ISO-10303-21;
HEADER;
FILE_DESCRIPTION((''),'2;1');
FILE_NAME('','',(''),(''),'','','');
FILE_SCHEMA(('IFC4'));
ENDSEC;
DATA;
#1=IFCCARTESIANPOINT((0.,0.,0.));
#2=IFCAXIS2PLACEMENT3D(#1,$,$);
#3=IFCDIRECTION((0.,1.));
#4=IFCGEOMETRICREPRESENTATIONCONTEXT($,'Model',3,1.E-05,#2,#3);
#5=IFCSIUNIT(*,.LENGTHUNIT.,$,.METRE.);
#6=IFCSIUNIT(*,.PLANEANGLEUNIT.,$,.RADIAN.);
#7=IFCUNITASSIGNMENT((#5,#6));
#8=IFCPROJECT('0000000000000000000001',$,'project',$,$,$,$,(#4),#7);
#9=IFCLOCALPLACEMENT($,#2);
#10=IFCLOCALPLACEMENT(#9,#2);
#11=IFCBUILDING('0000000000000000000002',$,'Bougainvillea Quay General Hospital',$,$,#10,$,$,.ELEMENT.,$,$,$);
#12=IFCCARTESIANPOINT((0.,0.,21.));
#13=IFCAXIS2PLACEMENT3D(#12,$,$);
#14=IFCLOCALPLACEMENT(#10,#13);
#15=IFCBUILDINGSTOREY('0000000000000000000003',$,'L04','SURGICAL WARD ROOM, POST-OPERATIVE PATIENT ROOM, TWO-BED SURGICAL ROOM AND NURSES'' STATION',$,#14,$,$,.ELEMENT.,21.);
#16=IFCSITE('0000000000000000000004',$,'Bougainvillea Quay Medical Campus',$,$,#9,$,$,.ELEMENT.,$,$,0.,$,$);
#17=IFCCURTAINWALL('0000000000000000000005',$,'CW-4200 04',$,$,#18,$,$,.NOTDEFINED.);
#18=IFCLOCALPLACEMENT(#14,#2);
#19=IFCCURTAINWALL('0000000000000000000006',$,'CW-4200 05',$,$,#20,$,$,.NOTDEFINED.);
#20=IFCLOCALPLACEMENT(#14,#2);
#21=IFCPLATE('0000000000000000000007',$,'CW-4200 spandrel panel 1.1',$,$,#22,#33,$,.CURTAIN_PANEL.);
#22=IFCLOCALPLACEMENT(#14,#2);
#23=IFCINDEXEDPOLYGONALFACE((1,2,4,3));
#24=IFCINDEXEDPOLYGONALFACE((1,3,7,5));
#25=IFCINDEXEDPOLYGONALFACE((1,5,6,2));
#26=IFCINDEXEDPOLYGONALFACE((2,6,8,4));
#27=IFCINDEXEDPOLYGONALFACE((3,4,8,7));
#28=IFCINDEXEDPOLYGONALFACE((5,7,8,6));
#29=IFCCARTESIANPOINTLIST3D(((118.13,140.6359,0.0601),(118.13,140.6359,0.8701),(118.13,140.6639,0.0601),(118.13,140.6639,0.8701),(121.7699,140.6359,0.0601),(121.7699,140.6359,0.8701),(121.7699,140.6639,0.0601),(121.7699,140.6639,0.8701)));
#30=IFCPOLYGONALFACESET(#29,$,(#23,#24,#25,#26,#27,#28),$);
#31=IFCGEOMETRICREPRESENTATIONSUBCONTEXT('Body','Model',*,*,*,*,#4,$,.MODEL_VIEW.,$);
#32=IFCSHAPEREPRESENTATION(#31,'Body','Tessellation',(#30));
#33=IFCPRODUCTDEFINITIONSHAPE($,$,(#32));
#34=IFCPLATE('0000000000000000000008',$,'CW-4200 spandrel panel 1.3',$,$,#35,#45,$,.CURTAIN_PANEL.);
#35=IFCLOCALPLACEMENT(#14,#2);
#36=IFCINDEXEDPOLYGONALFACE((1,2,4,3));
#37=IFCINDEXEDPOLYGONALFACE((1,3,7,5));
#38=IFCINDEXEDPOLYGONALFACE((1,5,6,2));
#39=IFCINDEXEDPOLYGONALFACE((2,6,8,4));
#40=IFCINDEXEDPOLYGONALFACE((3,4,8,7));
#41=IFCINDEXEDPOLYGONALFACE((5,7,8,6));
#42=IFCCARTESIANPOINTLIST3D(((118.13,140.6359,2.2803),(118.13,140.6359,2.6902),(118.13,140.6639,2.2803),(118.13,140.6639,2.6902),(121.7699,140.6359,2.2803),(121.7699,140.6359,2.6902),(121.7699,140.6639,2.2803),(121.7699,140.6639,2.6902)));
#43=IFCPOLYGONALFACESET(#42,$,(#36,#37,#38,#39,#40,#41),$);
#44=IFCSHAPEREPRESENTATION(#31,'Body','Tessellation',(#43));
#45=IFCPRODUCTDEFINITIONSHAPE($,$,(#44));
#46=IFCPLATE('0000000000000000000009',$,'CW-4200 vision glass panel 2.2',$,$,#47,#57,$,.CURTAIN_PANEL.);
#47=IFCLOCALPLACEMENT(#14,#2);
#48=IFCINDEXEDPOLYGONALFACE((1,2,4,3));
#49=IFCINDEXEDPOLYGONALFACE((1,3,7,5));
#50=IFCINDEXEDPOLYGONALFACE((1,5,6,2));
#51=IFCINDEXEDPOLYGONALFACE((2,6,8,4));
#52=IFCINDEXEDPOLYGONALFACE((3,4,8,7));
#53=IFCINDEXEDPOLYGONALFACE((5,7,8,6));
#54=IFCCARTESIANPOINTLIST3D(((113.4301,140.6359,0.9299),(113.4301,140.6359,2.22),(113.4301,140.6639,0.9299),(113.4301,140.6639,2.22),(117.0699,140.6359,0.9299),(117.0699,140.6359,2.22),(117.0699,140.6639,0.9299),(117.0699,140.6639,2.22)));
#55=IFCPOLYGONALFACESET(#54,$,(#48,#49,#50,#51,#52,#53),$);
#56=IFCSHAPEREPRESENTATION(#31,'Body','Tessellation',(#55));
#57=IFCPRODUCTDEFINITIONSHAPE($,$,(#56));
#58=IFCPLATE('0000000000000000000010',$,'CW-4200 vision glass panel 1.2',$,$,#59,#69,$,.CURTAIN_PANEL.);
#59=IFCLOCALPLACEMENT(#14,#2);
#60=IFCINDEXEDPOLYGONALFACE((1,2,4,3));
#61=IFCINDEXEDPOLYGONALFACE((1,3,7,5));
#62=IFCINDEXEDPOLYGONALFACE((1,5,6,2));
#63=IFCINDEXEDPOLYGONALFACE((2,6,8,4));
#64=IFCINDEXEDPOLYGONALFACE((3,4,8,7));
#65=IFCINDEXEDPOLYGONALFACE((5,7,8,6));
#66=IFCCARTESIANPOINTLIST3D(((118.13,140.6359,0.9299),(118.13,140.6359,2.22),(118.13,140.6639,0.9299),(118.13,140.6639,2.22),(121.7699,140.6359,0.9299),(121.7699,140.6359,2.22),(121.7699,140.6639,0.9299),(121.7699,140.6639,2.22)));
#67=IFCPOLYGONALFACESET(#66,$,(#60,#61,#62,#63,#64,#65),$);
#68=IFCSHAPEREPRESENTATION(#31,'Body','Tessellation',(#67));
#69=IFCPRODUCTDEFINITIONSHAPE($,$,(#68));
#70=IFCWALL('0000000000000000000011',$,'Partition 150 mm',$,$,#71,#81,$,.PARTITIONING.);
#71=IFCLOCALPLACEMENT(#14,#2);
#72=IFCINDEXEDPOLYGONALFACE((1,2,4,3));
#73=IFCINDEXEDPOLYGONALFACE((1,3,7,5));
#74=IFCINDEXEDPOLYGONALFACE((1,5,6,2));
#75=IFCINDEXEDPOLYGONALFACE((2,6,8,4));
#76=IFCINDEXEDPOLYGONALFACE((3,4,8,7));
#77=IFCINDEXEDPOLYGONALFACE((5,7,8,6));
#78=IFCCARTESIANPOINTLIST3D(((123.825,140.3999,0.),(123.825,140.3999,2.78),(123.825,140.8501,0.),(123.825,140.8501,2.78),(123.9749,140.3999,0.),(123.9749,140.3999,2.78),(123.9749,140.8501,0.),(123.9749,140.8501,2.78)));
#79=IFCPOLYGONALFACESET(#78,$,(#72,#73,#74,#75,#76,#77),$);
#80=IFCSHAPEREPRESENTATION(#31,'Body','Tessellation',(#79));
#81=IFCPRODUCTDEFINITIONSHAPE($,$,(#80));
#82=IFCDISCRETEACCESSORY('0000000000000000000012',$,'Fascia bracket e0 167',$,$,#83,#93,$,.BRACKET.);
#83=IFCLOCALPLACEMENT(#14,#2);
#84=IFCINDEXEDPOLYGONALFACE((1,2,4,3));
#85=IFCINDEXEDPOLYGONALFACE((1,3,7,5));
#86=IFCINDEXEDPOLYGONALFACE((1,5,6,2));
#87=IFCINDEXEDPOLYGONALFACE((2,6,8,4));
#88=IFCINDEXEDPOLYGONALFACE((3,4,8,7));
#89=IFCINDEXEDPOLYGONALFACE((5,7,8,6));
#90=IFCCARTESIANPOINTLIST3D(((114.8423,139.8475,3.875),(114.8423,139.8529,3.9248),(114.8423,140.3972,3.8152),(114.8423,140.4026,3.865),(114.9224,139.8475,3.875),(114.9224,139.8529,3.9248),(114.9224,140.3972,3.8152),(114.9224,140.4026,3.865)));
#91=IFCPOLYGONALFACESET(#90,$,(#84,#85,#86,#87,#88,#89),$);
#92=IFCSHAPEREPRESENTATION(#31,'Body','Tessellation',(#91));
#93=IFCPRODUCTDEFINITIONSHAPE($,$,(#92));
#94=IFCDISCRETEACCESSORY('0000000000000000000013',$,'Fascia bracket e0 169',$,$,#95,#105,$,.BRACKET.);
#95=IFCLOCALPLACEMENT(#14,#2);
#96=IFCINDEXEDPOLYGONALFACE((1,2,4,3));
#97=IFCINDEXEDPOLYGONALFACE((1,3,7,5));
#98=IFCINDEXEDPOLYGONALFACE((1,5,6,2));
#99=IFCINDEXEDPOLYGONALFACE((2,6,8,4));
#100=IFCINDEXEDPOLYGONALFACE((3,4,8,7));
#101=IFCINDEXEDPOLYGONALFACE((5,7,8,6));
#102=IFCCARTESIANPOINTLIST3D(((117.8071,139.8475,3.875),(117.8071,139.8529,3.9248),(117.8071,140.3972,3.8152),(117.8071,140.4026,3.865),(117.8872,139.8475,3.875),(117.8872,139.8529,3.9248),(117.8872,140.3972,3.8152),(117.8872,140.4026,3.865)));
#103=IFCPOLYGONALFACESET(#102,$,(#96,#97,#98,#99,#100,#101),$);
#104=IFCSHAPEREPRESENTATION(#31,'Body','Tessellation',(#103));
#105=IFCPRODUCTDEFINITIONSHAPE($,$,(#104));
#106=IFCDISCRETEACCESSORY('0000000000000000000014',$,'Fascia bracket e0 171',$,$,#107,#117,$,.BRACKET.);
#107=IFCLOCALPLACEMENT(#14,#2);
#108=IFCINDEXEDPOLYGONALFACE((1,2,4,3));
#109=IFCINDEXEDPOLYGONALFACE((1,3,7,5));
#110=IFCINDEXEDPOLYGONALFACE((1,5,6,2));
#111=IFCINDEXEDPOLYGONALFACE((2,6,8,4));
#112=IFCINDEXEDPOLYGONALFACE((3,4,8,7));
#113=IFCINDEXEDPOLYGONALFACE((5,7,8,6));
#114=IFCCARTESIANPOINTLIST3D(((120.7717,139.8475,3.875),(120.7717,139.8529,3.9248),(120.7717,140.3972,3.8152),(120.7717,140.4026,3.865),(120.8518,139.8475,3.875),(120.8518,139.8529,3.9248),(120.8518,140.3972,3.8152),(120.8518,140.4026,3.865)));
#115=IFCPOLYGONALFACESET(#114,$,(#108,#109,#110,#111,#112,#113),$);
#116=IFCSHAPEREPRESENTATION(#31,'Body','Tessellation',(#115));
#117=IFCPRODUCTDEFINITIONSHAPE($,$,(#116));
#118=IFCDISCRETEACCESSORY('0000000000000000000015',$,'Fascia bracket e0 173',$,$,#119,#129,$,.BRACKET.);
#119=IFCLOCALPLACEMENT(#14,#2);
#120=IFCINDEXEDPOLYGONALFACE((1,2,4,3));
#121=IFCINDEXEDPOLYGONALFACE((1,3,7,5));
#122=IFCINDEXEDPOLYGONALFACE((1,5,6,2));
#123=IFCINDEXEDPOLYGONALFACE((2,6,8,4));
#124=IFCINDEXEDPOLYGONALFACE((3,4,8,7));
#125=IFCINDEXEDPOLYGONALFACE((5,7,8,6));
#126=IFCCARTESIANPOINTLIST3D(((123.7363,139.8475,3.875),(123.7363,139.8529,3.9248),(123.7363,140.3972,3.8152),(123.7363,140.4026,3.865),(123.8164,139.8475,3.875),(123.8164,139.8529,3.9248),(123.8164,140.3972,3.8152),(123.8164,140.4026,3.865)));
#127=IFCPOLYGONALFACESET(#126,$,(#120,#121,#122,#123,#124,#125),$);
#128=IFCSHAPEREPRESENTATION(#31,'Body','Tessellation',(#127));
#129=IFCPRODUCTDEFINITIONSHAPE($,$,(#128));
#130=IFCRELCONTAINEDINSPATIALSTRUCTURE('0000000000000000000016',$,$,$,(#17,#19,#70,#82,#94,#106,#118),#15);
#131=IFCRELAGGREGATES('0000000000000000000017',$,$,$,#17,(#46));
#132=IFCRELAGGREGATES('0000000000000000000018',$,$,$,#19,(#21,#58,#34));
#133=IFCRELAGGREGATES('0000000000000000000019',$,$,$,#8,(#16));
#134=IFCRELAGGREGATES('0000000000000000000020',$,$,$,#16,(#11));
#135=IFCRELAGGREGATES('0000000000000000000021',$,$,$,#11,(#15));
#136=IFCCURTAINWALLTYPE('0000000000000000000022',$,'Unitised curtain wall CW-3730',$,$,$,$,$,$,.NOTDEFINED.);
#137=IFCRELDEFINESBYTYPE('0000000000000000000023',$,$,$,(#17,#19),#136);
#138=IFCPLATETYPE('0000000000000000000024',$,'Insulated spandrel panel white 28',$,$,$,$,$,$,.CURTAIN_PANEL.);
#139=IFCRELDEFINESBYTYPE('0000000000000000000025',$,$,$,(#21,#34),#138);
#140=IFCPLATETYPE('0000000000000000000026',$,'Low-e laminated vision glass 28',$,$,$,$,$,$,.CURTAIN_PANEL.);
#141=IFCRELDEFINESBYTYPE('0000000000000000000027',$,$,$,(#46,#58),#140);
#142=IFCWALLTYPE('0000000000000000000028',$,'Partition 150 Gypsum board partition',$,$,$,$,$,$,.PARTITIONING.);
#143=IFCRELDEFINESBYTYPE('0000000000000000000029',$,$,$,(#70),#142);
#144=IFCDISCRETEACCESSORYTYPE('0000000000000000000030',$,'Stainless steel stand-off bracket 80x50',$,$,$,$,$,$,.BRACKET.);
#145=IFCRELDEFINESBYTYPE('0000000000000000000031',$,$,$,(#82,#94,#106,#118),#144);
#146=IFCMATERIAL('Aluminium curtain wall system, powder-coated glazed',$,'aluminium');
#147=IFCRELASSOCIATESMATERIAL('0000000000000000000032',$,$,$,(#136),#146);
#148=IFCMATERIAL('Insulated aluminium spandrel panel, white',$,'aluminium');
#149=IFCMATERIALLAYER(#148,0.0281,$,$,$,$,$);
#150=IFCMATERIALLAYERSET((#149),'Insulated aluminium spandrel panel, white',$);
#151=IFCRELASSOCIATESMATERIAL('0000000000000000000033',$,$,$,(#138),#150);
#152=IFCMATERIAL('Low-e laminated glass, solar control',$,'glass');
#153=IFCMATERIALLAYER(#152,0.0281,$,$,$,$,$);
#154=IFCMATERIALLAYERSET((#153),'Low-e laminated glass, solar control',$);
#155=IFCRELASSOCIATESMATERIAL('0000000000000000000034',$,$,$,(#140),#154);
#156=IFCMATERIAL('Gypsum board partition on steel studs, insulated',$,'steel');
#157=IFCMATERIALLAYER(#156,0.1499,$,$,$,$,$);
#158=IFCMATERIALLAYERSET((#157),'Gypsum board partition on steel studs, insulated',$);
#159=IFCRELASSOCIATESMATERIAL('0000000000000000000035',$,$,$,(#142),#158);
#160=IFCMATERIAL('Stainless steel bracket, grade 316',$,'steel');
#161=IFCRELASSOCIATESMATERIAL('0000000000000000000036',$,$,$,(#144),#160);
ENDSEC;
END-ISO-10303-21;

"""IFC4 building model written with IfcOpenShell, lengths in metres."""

from ifc_helpers import new_model, si_unit, direction, frame, frame_2d, origin, origin_2d, place, context, subcontext, project, spatial, rectangle, extrude, material, layer, layer_set, material_profile, profile_set, type_object, element, aggregate, save


model = new_model("IFC4")

# Units and contexts
model_context = context("Model", 3, precision=1e-05, world=origin(), true_north=direction((0.0, 1.0)))
body_context = subcontext(model_context, "Body", "Model", "MODEL_VIEW")
ifc_project = project(units=[si_unit("LENGTHUNIT", "METRE"), si_unit("PLANEANGLEUNIT", "RADIAN")], contexts=[model_context])

# Site, building, storey
site_placement = place(None, origin())
site = spatial("IfcSite", under=ifc_project, at=site_placement, Name="Bougainvillea Quay Medical Campus", CompositionType="ELEMENT", RefElevation=0.0)
building_placement = place(site_placement, origin())
building = spatial("IfcBuilding", under=site, at=building_placement, Name="Bougainvillea Quay General Hospital", CompositionType="ELEMENT")
storey_placement = place(building_placement, frame((0.0, 0.0, 21.0)))
storey = spatial("IfcBuildingStorey", under=building, at=storey_placement, Name="L04", Description="SURGICAL WARD ROOM, POST-OPERATIVE PATIENT ROOM, TWO-BED SURGICAL ROOM AND NURSES' STATION", CompositionType="ELEMENT", Elevation=21.0)

# Curtain wall
ifc_material_1 = material(Name="Aluminium curtain wall system, powder-coated glazed", Category="aluminium")
curtain_wall_type = type_object("IfcCurtainWallType", Name="Unitised curtain wall CW-3730", PredefinedType="NOTDEFINED", material=ifc_material_1)
curtain_wall_1_placement = place(storey_placement, origin())
curtain_wall_1 = element("IfcCurtainWall", 1, at=curtain_wall_1_placement, inside=storey, type_object=curtain_wall_type, Name="CW-4200 04", PredefinedType="NOTDEFINED")

# Curtain wall
curtain_wall_2_placement = place(storey_placement, origin())
curtain_wall_2 = element("IfcCurtainWall", 2, at=curtain_wall_2_placement, inside=storey, type_object=curtain_wall_type, Name="CW-4200 05", PredefinedType="NOTDEFINED")

# Plates
ifc_material_2 = material(Name="Insulated aluminium spandrel panel, white", Category="aluminium")
ifc_layer_1 = layer(ifc_material_2, 0.0281)
ifc_layer_set_1 = layer_set([ifc_layer_1], Name="Insulated aluminium spandrel panel, white")
plate_type_1 = type_object("IfcPlateType", Name="Insulated spandrel panel white 28", PredefinedType="CURTAIN_PANEL", material=ifc_layer_set_1)
plate_1_placement = place(storey_placement, frame((119.95, 140.6499, 0.0601), z_axis=(0.0, 0.0, 1.0), x_axis=(1.0, 0.0, 0.0)))
plate_1 = element("IfcPlate", 3, at=plate_1_placement, type_object=plate_type_1, Name="CW-4200 spandrel panel 1.1", PredefinedType="CURTAIN_PANEL", context=body_context, shape_type="SweptSolid", body=[
    extrude(rectangle(XDim=3.6399, YDim=0.0281, at=origin_2d()), origin(), (0.0, 0.0, 1.0), 0.8101),
])
plate_2_placement = place(storey_placement, frame((119.95, 140.6499, 2.2803), z_axis=(0.0, 0.0, 1.0), x_axis=(1.0, 0.0, 0.0)))
plate_2 = element("IfcPlate", 4, at=plate_2_placement, type_object=plate_type_1, Name="CW-4200 spandrel panel 1.3", PredefinedType="CURTAIN_PANEL", context=body_context, shape_type="SweptSolid", body=[
    extrude(rectangle(XDim=3.6399, YDim=0.0281, at=origin_2d()), origin(), (0.0, 0.0, 1.0), 0.4099),
])
ifc_material_3 = material(Name="Low-e laminated glass, solar control", Category="glass")
ifc_layer_2 = layer(ifc_material_3, 0.0281)
ifc_layer_set_2 = layer_set([ifc_layer_2], Name="Low-e laminated glass, solar control")
plate_type_2 = type_object("IfcPlateType", Name="Low-e laminated vision glass 28", PredefinedType="CURTAIN_PANEL", material=ifc_layer_set_2)
plate_3_placement = place(storey_placement, frame((115.25, 140.6499, 0.9299), z_axis=(0.0, 0.0, 1.0), x_axis=(1.0, 0.0, 0.0)))
plate_3 = element("IfcPlate", 5, at=plate_3_placement, type_object=plate_type_2, Name="CW-4200 vision glass panel 2.2", PredefinedType="CURTAIN_PANEL", context=body_context, shape_type="SweptSolid", body=[
    extrude(rectangle(XDim=3.6399, YDim=0.0281, at=origin_2d()), origin(), (0.0, 0.0, 1.0), 1.29),
])
aggregate(curtain_wall_1, [plate_3])
plate_4_placement = place(storey_placement, frame((119.95, 140.6499, 0.9299), z_axis=(0.0, 0.0, 1.0), x_axis=(1.0, 0.0, 0.0)))
plate_4 = element("IfcPlate", 6, at=plate_4_placement, type_object=plate_type_2, Name="CW-4200 vision glass panel 1.2", PredefinedType="CURTAIN_PANEL", context=body_context, shape_type="SweptSolid", body=[
    extrude(rectangle(XDim=3.6399, YDim=0.0281, at=origin_2d()), origin(), (0.0, 0.0, 1.0), 1.29),
])
aggregate(curtain_wall_2, [plate_1, plate_4, plate_2])

# Wall
ifc_material_4 = material(Name="Gypsum board partition on steel studs, insulated", Category="steel")
ifc_layer_3 = layer(ifc_material_4, 0.1499)
ifc_layer_set_3 = layer_set([ifc_layer_3], Name="Gypsum board partition on steel studs, insulated")
wall_type = type_object("IfcWallType", Name="Partition 150 Gypsum board partition", PredefinedType="PARTITIONING", material=ifc_layer_set_3)
wall_placement = place(storey_placement, frame((123.8999, 140.3999, 0.0), z_axis=(0.0, 0.0, 1.0), x_axis=(0.0, 1.0, 0.0)))
element("IfcWall", 7, at=wall_placement, inside=storey, type_object=wall_type, Name="Partition 150 mm", PredefinedType="PARTITIONING", context=body_context, shape_type="SweptSolid", body=[
    extrude(rectangle(XDim=0.4502, YDim=0.1499, at=frame_2d((0.2251, 0.0))), origin(), (0.0, 0.0, 1.0), 2.78),
])

# Discrete accessories
ifc_material_5 = material(Name="Stainless steel bracket, grade 316", Category="steel")
ifc_material_profile_1 = material_profile(ifc_material_5, rectangle(XDim=0.0801, YDim=0.05, at=origin_2d()))
ifc_profile_set_1 = profile_set([ifc_material_profile_1], Name="Stainless steel bracket, grade 316")
discrete_accessory_type = type_object("IfcDiscreteAccessoryType", Name="Stainless steel stand-off bracket 80x50", PredefinedType="BRACKET", material=ifc_profile_set_1)
for number, where, z_axis, x_axis, name in (
    (8, (114.8823, 140.3999, 3.8401), (0.0, -0.994134, 0.108154), (1.0, 0.0, 0.0), "Fascia bracket e0 167"),
    (9, (117.8472, 140.3999, 3.8401), (0.0, -0.994134, 0.108154), (1.0, 0.0, 0.0), "Fascia bracket e0 169"),
    (10, (120.8118, 140.3999, 3.8401), (0.0, -0.994134, 0.108154), (1.0, 0.0, 0.0), "Fascia bracket e0 171"),
    (11, (123.7764, 140.3999, 3.8401), (0.0, -0.994134, 0.108154), (1.0, 0.0, 0.0), "Fascia bracket e0 173"),
):
    element("IfcDiscreteAccessory", number, at=place(storey_placement, frame(where, z_axis=z_axis, x_axis=x_axis)), inside=storey, type_object=discrete_accessory_type, Name=name, PredefinedType="BRACKET", context=body_context, shape_type="SweptSolid", body=[
        extrude(rectangle(XDim=0.0801, YDim=0.05, at=origin_2d()), origin(), (0.0, 0.0, 1.0), 0.553),
    ])

save(model, "model.ifc")
